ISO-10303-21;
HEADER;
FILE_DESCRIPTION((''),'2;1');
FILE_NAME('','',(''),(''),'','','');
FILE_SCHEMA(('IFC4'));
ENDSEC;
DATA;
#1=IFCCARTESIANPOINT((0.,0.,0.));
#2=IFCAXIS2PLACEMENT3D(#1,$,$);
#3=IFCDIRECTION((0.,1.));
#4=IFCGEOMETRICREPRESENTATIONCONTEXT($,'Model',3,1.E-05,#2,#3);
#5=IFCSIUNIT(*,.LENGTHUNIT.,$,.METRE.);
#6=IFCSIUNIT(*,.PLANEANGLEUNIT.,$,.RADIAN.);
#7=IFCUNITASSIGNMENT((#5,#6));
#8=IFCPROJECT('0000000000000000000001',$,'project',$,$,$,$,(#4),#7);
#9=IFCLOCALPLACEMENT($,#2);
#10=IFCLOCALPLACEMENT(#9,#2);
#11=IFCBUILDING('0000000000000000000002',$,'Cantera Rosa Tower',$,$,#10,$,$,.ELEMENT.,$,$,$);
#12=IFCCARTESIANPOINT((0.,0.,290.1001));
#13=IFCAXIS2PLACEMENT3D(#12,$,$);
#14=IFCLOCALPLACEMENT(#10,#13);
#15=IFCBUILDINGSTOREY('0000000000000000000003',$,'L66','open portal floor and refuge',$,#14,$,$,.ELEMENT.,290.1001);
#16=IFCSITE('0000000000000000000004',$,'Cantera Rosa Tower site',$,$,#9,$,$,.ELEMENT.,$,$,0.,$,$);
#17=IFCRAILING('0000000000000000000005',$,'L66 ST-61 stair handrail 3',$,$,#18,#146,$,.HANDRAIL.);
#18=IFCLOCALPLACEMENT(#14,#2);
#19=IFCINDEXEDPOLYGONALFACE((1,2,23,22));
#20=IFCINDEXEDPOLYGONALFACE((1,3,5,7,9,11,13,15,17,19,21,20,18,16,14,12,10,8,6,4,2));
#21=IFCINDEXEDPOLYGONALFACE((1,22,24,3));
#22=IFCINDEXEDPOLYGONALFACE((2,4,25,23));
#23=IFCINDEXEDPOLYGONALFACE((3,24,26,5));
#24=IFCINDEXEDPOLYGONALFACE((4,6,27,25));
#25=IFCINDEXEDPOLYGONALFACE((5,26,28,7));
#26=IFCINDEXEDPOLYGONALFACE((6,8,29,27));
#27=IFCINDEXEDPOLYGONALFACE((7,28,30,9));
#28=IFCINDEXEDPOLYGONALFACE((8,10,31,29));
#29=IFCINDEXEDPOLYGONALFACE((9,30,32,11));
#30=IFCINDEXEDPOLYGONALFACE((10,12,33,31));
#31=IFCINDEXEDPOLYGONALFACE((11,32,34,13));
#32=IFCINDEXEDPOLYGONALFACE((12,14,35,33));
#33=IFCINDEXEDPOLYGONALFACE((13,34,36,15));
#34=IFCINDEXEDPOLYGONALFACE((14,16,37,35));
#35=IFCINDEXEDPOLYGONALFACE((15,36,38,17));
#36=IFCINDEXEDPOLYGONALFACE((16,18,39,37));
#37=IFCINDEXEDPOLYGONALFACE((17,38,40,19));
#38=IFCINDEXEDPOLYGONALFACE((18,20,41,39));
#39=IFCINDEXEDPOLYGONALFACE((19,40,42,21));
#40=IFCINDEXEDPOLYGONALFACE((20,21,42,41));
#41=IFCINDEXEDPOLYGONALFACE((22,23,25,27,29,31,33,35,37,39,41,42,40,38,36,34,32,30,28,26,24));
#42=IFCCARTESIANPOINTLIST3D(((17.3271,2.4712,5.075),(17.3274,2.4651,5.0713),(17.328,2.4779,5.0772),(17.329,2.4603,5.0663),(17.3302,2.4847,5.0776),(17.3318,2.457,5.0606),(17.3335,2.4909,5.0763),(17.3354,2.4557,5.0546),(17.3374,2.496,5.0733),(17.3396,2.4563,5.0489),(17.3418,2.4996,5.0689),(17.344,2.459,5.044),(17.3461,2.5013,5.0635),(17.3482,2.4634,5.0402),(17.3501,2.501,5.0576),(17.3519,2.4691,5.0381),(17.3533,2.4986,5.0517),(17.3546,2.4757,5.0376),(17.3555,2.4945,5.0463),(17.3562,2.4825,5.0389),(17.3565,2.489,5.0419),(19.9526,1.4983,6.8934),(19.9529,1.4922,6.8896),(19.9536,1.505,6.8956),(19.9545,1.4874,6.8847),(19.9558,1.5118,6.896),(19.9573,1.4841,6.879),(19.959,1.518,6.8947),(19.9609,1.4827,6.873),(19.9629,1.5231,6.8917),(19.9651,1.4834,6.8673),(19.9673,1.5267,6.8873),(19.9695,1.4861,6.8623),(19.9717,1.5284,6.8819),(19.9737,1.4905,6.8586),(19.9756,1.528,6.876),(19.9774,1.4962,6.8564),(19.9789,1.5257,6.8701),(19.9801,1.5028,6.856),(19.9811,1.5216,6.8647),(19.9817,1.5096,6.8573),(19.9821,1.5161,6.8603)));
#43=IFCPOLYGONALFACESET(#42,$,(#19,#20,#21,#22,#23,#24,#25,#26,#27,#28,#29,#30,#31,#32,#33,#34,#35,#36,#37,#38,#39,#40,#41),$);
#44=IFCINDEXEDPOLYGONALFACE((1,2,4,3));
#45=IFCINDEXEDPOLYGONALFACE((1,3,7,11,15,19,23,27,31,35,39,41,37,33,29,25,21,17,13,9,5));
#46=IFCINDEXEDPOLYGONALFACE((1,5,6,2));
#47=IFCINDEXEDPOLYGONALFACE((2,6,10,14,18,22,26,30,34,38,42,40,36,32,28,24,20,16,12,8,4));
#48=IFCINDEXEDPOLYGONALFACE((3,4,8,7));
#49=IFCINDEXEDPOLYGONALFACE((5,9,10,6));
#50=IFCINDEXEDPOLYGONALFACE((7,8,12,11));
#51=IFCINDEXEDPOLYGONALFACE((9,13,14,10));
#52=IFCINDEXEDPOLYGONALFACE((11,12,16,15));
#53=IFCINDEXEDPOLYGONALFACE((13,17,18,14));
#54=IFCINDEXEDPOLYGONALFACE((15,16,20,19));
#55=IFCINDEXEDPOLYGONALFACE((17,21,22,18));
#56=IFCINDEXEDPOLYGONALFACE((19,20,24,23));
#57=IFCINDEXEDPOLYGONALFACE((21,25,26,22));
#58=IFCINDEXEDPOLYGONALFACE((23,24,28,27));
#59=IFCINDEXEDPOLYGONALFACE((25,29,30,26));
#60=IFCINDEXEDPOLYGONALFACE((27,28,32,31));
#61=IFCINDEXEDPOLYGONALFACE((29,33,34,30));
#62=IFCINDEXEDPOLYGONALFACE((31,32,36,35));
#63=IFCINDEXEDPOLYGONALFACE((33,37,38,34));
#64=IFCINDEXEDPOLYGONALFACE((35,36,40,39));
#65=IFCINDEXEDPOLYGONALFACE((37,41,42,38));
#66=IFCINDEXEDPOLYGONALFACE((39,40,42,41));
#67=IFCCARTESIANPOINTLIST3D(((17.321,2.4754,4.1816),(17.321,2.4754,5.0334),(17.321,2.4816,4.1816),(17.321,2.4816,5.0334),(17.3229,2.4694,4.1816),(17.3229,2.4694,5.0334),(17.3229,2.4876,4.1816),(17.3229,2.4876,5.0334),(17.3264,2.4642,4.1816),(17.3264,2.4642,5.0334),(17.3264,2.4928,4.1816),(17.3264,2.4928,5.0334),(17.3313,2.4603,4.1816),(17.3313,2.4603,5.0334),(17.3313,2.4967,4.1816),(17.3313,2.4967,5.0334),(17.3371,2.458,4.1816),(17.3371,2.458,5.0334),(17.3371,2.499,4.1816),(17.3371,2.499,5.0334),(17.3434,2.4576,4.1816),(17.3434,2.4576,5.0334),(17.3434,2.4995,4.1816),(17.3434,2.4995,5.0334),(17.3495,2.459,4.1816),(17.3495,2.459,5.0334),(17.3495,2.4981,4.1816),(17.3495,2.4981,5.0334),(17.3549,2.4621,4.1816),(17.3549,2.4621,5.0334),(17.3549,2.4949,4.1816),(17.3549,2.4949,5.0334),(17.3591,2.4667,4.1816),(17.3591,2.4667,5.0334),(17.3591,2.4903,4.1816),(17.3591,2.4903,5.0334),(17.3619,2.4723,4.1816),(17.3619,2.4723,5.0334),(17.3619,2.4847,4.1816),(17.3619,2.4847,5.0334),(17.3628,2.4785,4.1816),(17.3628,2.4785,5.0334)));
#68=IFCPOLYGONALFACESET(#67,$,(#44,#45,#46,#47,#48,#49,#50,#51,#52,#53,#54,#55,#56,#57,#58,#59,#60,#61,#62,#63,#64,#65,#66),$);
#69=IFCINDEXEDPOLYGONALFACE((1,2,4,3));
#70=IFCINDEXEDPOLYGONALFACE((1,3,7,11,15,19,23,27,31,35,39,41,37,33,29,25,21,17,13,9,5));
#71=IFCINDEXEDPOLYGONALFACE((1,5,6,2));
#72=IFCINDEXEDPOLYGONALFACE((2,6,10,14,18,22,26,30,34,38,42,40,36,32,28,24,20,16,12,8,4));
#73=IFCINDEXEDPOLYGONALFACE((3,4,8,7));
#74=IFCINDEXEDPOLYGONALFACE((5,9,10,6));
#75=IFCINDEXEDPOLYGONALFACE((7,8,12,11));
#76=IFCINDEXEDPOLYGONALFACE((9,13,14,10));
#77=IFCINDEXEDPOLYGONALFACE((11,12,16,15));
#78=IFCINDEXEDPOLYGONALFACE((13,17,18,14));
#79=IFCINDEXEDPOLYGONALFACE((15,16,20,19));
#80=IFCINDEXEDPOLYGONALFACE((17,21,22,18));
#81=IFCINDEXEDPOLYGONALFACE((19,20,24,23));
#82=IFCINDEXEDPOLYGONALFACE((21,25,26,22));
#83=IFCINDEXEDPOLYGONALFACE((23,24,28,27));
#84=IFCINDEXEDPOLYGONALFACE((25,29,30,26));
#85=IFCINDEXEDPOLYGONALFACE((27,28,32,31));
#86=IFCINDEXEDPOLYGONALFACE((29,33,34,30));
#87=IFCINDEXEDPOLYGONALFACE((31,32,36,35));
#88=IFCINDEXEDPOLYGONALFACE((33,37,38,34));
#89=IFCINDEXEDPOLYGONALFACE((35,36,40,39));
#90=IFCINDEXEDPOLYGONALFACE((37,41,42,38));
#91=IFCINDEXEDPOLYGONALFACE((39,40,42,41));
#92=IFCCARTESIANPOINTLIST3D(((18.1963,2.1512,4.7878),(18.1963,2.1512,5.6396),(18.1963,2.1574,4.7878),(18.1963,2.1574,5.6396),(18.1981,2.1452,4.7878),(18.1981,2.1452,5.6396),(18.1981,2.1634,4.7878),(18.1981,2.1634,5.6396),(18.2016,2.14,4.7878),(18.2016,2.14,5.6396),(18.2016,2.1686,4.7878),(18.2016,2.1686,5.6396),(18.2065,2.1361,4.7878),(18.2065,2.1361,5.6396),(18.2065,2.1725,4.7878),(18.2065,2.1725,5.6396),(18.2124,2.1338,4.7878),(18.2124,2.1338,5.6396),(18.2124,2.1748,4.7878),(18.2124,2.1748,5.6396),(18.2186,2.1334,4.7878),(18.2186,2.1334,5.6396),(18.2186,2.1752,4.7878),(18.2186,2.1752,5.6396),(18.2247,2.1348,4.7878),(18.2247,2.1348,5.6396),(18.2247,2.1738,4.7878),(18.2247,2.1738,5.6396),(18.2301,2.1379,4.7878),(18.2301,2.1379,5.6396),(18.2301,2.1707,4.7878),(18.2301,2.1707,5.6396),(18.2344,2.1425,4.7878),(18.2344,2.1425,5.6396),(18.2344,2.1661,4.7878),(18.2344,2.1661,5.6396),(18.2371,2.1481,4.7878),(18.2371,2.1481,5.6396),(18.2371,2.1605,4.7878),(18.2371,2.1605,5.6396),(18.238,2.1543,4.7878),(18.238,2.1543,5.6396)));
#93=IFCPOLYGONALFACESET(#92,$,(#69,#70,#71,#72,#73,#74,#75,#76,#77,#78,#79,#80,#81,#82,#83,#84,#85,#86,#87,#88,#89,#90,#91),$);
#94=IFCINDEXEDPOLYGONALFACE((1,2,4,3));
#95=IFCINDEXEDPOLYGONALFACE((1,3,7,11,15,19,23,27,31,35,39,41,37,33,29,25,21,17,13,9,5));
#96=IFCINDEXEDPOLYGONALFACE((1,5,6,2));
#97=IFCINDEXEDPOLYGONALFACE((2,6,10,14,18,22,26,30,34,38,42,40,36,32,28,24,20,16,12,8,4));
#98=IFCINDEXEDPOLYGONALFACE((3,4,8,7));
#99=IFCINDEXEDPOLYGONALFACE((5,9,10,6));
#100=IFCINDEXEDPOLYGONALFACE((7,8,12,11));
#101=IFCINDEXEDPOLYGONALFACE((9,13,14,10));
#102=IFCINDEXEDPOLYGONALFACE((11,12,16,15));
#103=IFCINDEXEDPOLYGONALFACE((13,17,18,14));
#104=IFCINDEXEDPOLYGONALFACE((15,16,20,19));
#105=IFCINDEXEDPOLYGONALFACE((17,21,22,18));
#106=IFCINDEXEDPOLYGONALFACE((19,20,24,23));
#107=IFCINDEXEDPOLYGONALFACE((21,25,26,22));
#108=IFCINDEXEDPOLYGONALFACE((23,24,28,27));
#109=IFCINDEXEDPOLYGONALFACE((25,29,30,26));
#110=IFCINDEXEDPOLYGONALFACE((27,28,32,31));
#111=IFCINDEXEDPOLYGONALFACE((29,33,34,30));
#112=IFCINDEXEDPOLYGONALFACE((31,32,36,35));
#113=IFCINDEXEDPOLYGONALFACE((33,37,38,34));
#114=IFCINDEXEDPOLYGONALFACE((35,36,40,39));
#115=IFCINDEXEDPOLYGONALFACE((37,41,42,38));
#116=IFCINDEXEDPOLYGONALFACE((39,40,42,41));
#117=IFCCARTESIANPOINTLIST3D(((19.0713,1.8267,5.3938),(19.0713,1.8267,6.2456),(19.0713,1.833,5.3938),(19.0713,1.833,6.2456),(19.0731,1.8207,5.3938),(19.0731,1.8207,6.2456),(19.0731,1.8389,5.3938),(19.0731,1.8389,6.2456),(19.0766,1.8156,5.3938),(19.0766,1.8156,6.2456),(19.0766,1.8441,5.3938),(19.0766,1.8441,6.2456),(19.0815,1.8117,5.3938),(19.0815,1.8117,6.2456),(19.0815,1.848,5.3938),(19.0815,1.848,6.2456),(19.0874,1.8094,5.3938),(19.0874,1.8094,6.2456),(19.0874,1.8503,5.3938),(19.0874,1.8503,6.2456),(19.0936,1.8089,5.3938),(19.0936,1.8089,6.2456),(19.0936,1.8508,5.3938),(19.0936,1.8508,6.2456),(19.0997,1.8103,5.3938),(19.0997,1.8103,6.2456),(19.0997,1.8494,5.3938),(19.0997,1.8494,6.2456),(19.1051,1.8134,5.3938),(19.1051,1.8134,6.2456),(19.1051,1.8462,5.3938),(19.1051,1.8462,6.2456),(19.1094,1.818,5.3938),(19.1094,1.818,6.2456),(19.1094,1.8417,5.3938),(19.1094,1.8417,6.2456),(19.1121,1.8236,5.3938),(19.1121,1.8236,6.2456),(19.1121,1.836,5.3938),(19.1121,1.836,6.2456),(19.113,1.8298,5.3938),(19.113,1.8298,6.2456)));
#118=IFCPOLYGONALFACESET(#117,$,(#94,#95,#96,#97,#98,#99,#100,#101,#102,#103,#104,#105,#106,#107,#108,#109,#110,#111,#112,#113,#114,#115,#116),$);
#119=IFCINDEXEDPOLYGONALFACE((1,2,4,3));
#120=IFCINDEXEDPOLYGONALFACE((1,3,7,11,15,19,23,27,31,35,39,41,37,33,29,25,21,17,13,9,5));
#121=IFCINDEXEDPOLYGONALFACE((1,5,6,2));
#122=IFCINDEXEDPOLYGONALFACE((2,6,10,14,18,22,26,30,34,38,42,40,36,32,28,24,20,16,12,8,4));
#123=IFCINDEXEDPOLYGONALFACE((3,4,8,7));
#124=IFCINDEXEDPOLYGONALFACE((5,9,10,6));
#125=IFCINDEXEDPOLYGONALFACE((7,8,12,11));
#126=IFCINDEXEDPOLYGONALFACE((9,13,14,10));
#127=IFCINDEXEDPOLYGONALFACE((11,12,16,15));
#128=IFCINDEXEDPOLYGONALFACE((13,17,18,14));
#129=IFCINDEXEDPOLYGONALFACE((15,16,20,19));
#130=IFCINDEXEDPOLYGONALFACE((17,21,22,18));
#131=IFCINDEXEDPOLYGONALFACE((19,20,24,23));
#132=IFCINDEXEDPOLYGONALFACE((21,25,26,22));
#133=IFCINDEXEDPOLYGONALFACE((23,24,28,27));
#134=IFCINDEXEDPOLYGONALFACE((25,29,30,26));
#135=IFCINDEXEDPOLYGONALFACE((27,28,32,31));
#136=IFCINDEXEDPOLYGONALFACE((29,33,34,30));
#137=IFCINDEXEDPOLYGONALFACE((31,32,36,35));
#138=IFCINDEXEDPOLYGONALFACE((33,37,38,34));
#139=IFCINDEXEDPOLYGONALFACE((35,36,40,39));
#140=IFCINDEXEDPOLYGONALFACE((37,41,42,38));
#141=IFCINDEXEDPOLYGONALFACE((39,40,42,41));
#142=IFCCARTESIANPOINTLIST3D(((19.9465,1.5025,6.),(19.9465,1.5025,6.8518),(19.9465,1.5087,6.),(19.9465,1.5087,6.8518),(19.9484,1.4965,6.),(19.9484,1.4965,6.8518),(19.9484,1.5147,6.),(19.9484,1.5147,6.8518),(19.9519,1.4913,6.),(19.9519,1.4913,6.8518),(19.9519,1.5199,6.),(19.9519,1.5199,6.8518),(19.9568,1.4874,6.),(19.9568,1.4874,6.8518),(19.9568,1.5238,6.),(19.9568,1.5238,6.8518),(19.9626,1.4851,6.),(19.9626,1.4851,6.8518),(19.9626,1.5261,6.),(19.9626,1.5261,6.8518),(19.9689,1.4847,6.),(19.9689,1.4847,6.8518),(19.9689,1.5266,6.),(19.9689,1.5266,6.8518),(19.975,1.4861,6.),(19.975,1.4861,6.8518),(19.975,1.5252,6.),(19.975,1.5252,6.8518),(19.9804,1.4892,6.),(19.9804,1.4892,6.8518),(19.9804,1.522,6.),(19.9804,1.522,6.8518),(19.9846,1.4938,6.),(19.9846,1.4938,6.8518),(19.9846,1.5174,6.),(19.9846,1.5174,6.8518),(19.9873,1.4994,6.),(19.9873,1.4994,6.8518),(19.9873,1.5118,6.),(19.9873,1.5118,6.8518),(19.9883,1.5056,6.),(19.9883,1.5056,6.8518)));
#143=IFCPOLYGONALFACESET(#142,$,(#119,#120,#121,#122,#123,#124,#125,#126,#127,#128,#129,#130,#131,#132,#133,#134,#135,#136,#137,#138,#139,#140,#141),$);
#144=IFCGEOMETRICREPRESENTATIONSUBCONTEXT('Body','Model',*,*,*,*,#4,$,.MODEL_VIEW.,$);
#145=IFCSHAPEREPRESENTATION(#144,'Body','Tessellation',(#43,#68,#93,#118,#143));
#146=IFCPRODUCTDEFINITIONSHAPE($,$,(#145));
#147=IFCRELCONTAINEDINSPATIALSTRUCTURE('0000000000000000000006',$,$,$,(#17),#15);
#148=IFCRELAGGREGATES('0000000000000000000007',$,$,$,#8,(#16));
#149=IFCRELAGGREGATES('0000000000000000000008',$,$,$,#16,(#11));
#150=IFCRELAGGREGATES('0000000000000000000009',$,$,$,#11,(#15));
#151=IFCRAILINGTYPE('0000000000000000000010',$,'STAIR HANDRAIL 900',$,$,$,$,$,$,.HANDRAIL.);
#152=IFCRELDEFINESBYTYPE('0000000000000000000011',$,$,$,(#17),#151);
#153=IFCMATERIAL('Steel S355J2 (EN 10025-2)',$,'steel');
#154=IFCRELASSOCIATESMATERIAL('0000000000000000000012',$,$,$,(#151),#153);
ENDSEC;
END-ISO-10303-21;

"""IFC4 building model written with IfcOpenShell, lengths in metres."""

from ifc_helpers import new_model, si_unit, direction, frame, origin, origin_2d, place, context, subcontext, project, spatial, circle, extrude, material, type_object, element, save


model = new_model("IFC4")

# Units and contexts
model_context = context("Model", 3, precision=1e-05, world=origin(), true_north=direction((0.0, 1.0)))
body_context = subcontext(model_context, "Body", "Model", "MODEL_VIEW")
ifc_project = project(units=[si_unit("LENGTHUNIT", "METRE"), si_unit("PLANEANGLEUNIT", "RADIAN")], contexts=[model_context])

# Site, building, storey
site_placement = place(None, origin())
site = spatial("IfcSite", under=ifc_project, at=site_placement, Name="Cantera Rosa Tower site", CompositionType="ELEMENT", RefElevation=0.0)
building_placement = place(site_placement, origin())
building = spatial("IfcBuilding", under=site, at=building_placement, Name="Cantera Rosa Tower", CompositionType="ELEMENT")
storey_placement = place(building_placement, frame((0.0, 0.0, 290.1001)))
storey = spatial("IfcBuildingStorey", under=building, at=storey_placement, Name="L66", Description="open portal floor and refuge", CompositionType="ELEMENT", Elevation=290.1001)

# Railing
ifc_material_1 = material(Name="Steel S355J2 (EN 10025-2)", Category="steel")
railing_type_1 = type_object("IfcRailingType", Name="STAIR HANDRAIL 900", PredefinedType="HANDRAIL", material=ifc_material_1)
railing_1_placement = place(storey_placement, frame((17.3418, 2.4785, 4.1816)))
element("IfcRailing", 1, at=railing_1_placement, inside=storey, type_object=railing_type_1, Name="L66 ST-61 stair handrail 3", PredefinedType="HANDRAIL", context=body_context, shape_type="SweptSolid", body=[
    extrude(circle(Radius=0.0239, at=origin_2d()), frame((0.0, 0.0, 0.876), z_axis=(0.786407, -0.291411, 0.54465), x_axis=(0.347471, 0.937691, 0.0)), (0.0, 0.0, 1.0), 3.3386),
    extrude(circle(Radius=0.021, at=origin_2d()), origin(), (0.0, 0.0, 1.0), 0.8518),
    extrude(circle(Radius=0.021, at=origin_2d()), frame((0.8752, -0.3242, 0.6062)), (0.0, 0.0, 1.0), 0.8518),
    extrude(circle(Radius=0.021, at=origin_2d()), frame((1.7502, -0.6487, 1.2122)), (0.0, 0.0, 1.0), 0.8518),
    extrude(circle(Radius=0.021, at=origin_2d()), frame((2.6255, -0.9729, 1.8184)), (0.0, 0.0, 1.0), 0.8518),
])

save(model, "model.ifc")
